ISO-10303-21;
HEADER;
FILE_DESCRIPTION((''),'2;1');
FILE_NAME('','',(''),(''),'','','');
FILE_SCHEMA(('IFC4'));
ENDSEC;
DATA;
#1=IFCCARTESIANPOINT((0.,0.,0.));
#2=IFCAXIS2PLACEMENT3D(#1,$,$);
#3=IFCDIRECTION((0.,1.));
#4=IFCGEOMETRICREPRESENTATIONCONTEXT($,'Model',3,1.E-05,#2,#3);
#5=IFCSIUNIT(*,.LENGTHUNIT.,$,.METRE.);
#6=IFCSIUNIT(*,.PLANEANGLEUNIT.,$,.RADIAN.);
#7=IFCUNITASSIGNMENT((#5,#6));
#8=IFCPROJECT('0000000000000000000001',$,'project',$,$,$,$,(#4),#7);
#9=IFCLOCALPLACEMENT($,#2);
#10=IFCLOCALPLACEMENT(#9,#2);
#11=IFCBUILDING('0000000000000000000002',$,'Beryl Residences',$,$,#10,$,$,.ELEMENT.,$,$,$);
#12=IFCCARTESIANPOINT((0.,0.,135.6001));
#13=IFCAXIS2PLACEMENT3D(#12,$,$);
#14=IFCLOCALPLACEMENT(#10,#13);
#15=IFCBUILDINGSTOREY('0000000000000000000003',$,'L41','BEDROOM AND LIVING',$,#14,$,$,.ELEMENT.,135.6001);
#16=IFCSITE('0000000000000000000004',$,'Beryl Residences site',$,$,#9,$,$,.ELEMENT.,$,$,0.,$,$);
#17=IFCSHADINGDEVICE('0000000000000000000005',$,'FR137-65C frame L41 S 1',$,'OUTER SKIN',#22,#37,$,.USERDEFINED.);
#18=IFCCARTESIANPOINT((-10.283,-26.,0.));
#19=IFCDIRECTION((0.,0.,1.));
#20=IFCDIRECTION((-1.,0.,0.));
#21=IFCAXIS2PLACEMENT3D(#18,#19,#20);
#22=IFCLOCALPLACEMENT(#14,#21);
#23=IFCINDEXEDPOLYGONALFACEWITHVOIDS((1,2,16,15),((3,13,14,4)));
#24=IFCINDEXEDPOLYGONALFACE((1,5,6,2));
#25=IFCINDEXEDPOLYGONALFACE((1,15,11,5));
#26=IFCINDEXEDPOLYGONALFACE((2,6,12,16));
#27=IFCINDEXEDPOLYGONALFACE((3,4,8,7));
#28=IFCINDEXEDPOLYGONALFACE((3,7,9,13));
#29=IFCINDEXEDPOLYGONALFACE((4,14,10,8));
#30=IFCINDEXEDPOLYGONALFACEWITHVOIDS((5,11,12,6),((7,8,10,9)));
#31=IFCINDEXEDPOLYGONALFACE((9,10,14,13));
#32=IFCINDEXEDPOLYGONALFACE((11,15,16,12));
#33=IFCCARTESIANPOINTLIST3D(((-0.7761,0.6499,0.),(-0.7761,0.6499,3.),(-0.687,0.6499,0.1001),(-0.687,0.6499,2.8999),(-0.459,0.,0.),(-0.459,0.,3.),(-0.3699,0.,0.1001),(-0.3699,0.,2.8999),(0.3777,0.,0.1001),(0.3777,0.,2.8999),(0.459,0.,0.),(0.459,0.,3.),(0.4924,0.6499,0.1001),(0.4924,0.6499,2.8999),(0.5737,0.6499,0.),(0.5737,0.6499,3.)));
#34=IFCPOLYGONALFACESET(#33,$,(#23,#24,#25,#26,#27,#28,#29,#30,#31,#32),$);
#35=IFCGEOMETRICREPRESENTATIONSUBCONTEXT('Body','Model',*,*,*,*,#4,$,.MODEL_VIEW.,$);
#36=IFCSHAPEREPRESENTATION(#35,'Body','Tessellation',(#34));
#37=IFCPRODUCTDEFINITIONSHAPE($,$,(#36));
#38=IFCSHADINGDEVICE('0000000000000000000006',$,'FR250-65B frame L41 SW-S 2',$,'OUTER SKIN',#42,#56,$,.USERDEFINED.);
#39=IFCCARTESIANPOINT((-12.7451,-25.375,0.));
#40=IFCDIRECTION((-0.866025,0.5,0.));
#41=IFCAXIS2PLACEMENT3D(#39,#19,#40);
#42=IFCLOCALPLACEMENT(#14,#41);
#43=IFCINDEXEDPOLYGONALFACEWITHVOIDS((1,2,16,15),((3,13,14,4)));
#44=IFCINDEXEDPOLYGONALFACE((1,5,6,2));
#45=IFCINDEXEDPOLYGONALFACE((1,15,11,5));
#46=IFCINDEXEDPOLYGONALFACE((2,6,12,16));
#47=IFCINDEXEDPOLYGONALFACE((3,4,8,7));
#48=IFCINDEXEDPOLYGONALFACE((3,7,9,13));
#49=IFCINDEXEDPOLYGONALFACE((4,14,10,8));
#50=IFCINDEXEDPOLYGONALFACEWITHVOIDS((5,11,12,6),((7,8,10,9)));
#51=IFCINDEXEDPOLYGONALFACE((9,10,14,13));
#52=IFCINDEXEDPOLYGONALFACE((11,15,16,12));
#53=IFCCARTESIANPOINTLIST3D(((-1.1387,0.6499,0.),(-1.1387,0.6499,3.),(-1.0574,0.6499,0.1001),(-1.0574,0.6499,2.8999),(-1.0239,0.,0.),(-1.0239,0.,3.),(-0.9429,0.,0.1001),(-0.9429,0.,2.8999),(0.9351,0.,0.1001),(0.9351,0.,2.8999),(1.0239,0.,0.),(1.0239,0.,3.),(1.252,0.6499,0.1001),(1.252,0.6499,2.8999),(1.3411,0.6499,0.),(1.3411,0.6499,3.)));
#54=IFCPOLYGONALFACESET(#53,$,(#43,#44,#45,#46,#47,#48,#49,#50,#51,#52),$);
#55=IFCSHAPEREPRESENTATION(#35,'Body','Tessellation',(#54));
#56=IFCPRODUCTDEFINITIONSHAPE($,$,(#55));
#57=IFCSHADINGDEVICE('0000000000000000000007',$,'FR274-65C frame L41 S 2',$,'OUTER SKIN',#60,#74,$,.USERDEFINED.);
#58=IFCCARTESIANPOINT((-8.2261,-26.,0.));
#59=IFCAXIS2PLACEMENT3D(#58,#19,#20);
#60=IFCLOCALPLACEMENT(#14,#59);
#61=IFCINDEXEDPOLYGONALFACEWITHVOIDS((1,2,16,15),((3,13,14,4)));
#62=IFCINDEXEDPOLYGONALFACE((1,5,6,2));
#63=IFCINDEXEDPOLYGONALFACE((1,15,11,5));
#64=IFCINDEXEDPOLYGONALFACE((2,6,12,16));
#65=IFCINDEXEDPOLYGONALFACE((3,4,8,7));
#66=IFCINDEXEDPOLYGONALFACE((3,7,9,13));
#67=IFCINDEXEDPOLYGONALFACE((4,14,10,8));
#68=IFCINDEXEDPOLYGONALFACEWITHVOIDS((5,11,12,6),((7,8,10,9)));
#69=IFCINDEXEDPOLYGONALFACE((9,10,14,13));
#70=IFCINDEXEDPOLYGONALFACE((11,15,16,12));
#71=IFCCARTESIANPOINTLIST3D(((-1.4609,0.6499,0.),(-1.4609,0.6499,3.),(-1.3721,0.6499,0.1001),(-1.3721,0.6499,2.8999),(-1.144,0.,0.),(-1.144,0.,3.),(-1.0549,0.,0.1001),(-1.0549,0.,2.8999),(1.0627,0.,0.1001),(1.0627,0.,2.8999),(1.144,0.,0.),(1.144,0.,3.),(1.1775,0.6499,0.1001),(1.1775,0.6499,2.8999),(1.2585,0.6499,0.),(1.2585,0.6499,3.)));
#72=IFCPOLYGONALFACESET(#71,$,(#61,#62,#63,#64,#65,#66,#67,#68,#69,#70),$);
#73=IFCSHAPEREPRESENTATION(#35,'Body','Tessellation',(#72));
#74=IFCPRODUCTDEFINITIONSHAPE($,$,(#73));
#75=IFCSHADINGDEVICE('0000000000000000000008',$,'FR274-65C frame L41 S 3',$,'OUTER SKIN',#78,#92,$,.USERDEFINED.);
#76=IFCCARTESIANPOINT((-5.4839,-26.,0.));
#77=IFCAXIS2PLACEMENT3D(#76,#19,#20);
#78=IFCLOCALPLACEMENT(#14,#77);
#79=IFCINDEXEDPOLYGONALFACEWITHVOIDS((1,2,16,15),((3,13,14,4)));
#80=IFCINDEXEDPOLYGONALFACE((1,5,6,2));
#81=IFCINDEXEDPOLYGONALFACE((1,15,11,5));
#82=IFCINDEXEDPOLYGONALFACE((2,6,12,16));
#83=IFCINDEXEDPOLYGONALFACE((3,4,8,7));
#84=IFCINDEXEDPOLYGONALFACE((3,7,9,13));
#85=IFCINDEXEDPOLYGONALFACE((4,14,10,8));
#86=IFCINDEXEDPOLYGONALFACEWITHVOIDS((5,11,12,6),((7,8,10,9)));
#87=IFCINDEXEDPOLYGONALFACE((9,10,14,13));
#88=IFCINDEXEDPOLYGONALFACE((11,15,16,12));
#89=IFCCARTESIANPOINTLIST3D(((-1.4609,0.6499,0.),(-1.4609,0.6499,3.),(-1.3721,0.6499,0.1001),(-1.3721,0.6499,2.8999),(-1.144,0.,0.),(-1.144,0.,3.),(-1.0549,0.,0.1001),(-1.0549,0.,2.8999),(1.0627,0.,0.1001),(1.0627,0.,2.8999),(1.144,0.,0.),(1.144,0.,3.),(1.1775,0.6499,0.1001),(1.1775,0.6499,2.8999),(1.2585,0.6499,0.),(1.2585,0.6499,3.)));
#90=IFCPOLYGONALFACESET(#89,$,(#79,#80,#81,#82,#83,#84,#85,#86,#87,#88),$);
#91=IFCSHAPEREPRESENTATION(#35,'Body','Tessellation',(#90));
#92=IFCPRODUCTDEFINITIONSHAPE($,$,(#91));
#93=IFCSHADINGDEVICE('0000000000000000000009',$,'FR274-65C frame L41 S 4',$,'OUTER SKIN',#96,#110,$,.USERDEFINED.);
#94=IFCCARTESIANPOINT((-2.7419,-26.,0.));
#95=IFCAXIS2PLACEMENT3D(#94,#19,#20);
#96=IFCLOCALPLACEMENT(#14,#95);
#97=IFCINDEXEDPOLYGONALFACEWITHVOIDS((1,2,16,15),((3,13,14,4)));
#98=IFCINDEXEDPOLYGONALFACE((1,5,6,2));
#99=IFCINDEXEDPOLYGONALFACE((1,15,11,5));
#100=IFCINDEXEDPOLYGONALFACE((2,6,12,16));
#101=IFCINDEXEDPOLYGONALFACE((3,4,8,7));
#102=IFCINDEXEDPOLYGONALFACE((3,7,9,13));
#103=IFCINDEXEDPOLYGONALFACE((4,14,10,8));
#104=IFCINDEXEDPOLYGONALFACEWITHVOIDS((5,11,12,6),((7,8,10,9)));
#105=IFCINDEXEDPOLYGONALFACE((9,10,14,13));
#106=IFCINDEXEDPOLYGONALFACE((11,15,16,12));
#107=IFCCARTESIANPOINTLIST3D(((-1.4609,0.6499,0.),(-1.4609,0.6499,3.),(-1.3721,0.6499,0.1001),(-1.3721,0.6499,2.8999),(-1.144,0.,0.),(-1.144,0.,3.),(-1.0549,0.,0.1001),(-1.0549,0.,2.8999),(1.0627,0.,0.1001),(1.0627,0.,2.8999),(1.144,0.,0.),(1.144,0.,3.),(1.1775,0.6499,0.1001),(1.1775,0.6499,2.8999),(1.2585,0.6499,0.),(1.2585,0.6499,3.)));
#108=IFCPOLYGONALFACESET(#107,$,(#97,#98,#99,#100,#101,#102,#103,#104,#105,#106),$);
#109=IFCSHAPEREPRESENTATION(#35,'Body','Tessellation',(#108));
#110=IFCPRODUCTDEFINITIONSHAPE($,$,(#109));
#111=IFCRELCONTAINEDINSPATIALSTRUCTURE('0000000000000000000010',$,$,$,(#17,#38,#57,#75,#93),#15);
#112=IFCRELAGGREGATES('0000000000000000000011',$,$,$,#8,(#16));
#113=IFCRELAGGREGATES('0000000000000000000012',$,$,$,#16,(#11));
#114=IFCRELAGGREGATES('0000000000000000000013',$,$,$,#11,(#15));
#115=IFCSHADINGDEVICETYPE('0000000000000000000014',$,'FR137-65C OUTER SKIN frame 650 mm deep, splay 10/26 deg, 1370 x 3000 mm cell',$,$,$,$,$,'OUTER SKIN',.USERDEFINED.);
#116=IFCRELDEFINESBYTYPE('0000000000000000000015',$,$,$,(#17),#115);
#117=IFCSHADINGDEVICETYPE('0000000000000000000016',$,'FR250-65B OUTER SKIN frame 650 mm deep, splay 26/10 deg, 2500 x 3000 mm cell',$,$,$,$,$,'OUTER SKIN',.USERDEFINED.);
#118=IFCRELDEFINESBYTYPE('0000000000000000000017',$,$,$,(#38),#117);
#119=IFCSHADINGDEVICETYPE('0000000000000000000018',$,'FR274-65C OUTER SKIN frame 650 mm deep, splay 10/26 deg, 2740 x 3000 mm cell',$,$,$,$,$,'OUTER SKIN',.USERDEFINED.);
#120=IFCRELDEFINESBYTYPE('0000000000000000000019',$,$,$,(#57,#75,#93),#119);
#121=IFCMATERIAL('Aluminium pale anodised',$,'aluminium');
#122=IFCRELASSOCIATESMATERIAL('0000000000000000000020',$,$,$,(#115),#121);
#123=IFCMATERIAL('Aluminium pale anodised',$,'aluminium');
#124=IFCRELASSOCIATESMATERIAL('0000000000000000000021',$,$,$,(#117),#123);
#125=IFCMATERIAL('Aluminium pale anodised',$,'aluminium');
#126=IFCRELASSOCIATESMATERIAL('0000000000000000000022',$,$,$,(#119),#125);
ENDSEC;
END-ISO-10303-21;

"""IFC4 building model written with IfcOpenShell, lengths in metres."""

from ifc_helpers import new_model, entity, si_unit, direction, frame, origin, place, context, subcontext, project, spatial, source, transform, mapped, material, type_object, type_shapes, element, save


model = new_model("IFC4")

# Units and contexts
model_context = context("Model", 3, precision=1e-05, world=origin(), true_north=direction((0.0, 1.0)))
body_context = subcontext(model_context, "Body", "Model", "MODEL_VIEW")
ifc_project = project(units=[si_unit("LENGTHUNIT", "METRE"), si_unit("PLANEANGLEUNIT", "RADIAN")], contexts=[model_context])

# Site, building, storey
site_placement = place(None, origin())
site = spatial("IfcSite", under=ifc_project, at=site_placement, Name="Beryl Residences site", CompositionType="ELEMENT", RefElevation=0.0)
building_placement = place(site_placement, origin())
building = spatial("IfcBuilding", under=site, at=building_placement, Name="Beryl Residences", CompositionType="ELEMENT")
storey_placement = place(building_placement, frame((0.0, 0.0, 135.6001)))
storey = spatial("IfcBuildingStorey", under=building, at=storey_placement, Name="L41", Description="BEDROOM AND LIVING", CompositionType="ELEMENT", Elevation=135.6001)

# Shading devices
ifc_material_1 = material(Name="Aluminium pale anodised", Category="aluminium")
shading_device_type_1 = type_object("IfcShadingDeviceType", Name="FR137-65C OUTER SKIN frame 650 mm deep, splay 10/26 deg, 1370 x 3000 mm cell", ElementType="OUTER SKIN", PredefinedType="USERDEFINED", material=ifc_material_1)
cartesian_point_1 = entity("IfcCartesianPoint", [-0.459, 0.0])
cartesian_point_2 = entity("IfcCartesianPoint", [-0.3777, 0.1001])
cartesian_point_3 = entity("IfcCartesianPoint", [-0.5737, 0.0])
cartesian_point_4 = entity("IfcCartesianPoint", [-0.4924, 0.1001])
shared_shape_1 = source(origin(), body_context, "Body", "SweptSolid", [
    entity("IfcExtrudedAreaSolidTapered", entity("IfcArbitraryProfileDefWithVoids", "AREA", None, entity("IfcPolyline", [cartesian_point_1, entity("IfcCartesianPoint", [0.459, 0.0]), entity("IfcCartesianPoint", [0.459, 3.0]), entity("IfcCartesianPoint", [-0.459, 3.0]), cartesian_point_1]), [entity("IfcPolyline", [cartesian_point_2, entity("IfcCartesianPoint", [0.3699, 0.1001]), entity("IfcCartesianPoint", [0.3699, 2.8999]), entity("IfcCartesianPoint", [-0.3777, 2.8999]), cartesian_point_2])]), entity("IfcAxis2Placement3D", entity("IfcCartesianPoint", [0.0, 0.0, 0.0]), entity("IfcDirection", [0.0, 1.0, 0.0]), entity("IfcDirection", [-1.0, 0.0, 0.0])), entity("IfcDirection", [0.0, 0.0, 1.0]), 0.6499, entity("IfcArbitraryProfileDefWithVoids", "AREA", None, entity("IfcPolyline", [cartesian_point_3, entity("IfcCartesianPoint", [0.7761, 0.0]), entity("IfcCartesianPoint", [0.7761, 3.0]), entity("IfcCartesianPoint", [-0.5737, 3.0]), cartesian_point_3]), [entity("IfcPolyline", [cartesian_point_4, entity("IfcCartesianPoint", [0.687, 0.1001]), entity("IfcCartesianPoint", [0.687, 2.8999]), entity("IfcCartesianPoint", [-0.4924, 2.8999]), cartesian_point_4])])),
])
type_shapes(shading_device_type_1, [shared_shape_1])
shading_device_1_placement = place(storey_placement, frame((-10.283, -26.0, 0.0), z_axis=(0.0, 0.0, 1.0), x_axis=(-1.0, 0.0, 0.0)))
element("IfcShadingDevice", 1, at=shading_device_1_placement, inside=storey, type_object=shading_device_type_1, Name="FR137-65C frame L41 S 1", ObjectType="OUTER SKIN", PredefinedType="USERDEFINED", context=body_context, shape_type="MappedRepresentation", body=[
    mapped(shared_shape_1, transform((0.0, 0.0, 0.0))),
])
ifc_material_2 = material(Name="Aluminium pale anodised", Category="aluminium")
shading_device_type_2 = type_object("IfcShadingDeviceType", Name="FR250-65B OUTER SKIN frame 650 mm deep, splay 26/10 deg, 2500 x 3000 mm cell", ElementType="OUTER SKIN", PredefinedType="USERDEFINED", material=ifc_material_2)
cartesian_point_5 = entity("IfcCartesianPoint", [-1.0239, 0.0])
cartesian_point_6 = entity("IfcCartesianPoint", [-0.9351, 0.1001])
cartesian_point_7 = entity("IfcCartesianPoint", [-1.3411, 0.0])
cartesian_point_8 = entity("IfcCartesianPoint", [-1.252, 0.1001])
shared_shape_2 = source(origin(), body_context, "Body", "SweptSolid", [
    entity("IfcExtrudedAreaSolidTapered", entity("IfcArbitraryProfileDefWithVoids", "AREA", None, entity("IfcPolyline", [cartesian_point_5, entity("IfcCartesianPoint", [1.0239, 0.0]), entity("IfcCartesianPoint", [1.0239, 3.0]), entity("IfcCartesianPoint", [-1.0239, 3.0]), cartesian_point_5]), [entity("IfcPolyline", [cartesian_point_6, entity("IfcCartesianPoint", [0.9429, 0.1001]), entity("IfcCartesianPoint", [0.9429, 2.8999]), entity("IfcCartesianPoint", [-0.9351, 2.8999]), cartesian_point_6])]), entity("IfcAxis2Placement3D", entity("IfcCartesianPoint", [0.0, 0.0, 0.0]), entity("IfcDirection", [0.0, 1.0, 0.0]), entity("IfcDirection", [-1.0, 0.0, 0.0])), entity("IfcDirection", [0.0, 0.0, 1.0]), 0.6499, entity("IfcArbitraryProfileDefWithVoids", "AREA", None, entity("IfcPolyline", [cartesian_point_7, entity("IfcCartesianPoint", [1.1387, 0.0]), entity("IfcCartesianPoint", [1.1387, 3.0]), entity("IfcCartesianPoint", [-1.3411, 3.0]), cartesian_point_7]), [entity("IfcPolyline", [cartesian_point_8, entity("IfcCartesianPoint", [1.0574, 0.1001]), entity("IfcCartesianPoint", [1.0574, 2.8999]), entity("IfcCartesianPoint", [-1.252, 2.8999]), cartesian_point_8])])),
])
type_shapes(shading_device_type_2, [shared_shape_2])
shading_device_2_placement = place(storey_placement, frame((-12.7451, -25.375, 0.0), z_axis=(0.0, 0.0, 1.0), x_axis=(-0.866025, 0.5, 0.0)))
element("IfcShadingDevice", 2, at=shading_device_2_placement, inside=storey, type_object=shading_device_type_2, Name="FR250-65B frame L41 SW-S 2", ObjectType="OUTER SKIN", PredefinedType="USERDEFINED", context=body_context, shape_type="MappedRepresentation", body=[
    mapped(shared_shape_2, transform((0.0, 0.0, 0.0))),
])
ifc_material_3 = material(Name="Aluminium pale anodised", Category="aluminium")
shading_device_type_3 = type_object("IfcShadingDeviceType", Name="FR274-65C OUTER SKIN frame 650 mm deep, splay 10/26 deg, 2740 x 3000 mm cell", ElementType="OUTER SKIN", PredefinedType="USERDEFINED", material=ifc_material_3)
cartesian_point_9 = entity("IfcCartesianPoint", [-1.144, 0.0])
cartesian_point_10 = entity("IfcCartesianPoint", [-1.0627, 0.1001])
cartesian_point_11 = entity("IfcCartesianPoint", [-1.2585, 0.0])
cartesian_point_12 = entity("IfcCartesianPoint", [-1.1775, 0.1001])
shared_shape_3 = source(origin(), body_context, "Body", "SweptSolid", [
    entity("IfcExtrudedAreaSolidTapered", entity("IfcArbitraryProfileDefWithVoids", "AREA", None, entity("IfcPolyline", [cartesian_point_9, entity("IfcCartesianPoint", [1.144, 0.0]), entity("IfcCartesianPoint", [1.144, 3.0]), entity("IfcCartesianPoint", [-1.144, 3.0]), cartesian_point_9]), [entity("IfcPolyline", [cartesian_point_10, entity("IfcCartesianPoint", [1.0549, 0.1001]), entity("IfcCartesianPoint", [1.0549, 2.8999]), entity("IfcCartesianPoint", [-1.0627, 2.8999]), cartesian_point_10])]), entity("IfcAxis2Placement3D", entity("IfcCartesianPoint", [0.0, 0.0, 0.0]), entity("IfcDirection", [0.0, 1.0, 0.0]), entity("IfcDirection", [-1.0, 0.0, 0.0])), entity("IfcDirection", [0.0, 0.0, 1.0]), 0.6499, entity("IfcArbitraryProfileDefWithVoids", "AREA", None, entity("IfcPolyline", [cartesian_point_11, entity("IfcCartesianPoint", [1.4609, 0.0]), entity("IfcCartesianPoint", [1.4609, 3.0]), entity("IfcCartesianPoint", [-1.2585, 3.0]), cartesian_point_11]), [entity("IfcPolyline", [cartesian_point_12, entity("IfcCartesianPoint", [1.3721, 0.1001]), entity("IfcCartesianPoint", [1.3721, 2.8999]), entity("IfcCartesianPoint", [-1.1775, 2.8999]), cartesian_point_12])])),
])
type_shapes(shading_device_type_3, [shared_shape_3])
for number, where, z_axis, x_axis, name in (
    (3, (-8.2261, -26.0, 0.0), (0.0, 0.0, 1.0), (-1.0, 0.0, 0.0), "FR274-65C frame L41 S 2"),
    (4, (-5.4839, -26.0, 0.0), (0.0, 0.0, 1.0), (-1.0, 0.0, 0.0), "FR274-65C frame L41 S 3"),
    (5, (-2.7419, -26.0, 0.0), (0.0, 0.0, 1.0), (-1.0, 0.0, 0.0), "FR274-65C frame L41 S 4"),
):
    element("IfcShadingDevice", number, at=place(storey_placement, frame(where, z_axis=z_axis, x_axis=x_axis)), inside=storey, type_object=shading_device_type_3, Name=name, ObjectType="OUTER SKIN", PredefinedType="USERDEFINED", context=body_context, shape_type="MappedRepresentation", body=[
        mapped(shared_shape_3, transform((0.0, 0.0, 0.0))),
    ])

save(model, "model.ifc")
